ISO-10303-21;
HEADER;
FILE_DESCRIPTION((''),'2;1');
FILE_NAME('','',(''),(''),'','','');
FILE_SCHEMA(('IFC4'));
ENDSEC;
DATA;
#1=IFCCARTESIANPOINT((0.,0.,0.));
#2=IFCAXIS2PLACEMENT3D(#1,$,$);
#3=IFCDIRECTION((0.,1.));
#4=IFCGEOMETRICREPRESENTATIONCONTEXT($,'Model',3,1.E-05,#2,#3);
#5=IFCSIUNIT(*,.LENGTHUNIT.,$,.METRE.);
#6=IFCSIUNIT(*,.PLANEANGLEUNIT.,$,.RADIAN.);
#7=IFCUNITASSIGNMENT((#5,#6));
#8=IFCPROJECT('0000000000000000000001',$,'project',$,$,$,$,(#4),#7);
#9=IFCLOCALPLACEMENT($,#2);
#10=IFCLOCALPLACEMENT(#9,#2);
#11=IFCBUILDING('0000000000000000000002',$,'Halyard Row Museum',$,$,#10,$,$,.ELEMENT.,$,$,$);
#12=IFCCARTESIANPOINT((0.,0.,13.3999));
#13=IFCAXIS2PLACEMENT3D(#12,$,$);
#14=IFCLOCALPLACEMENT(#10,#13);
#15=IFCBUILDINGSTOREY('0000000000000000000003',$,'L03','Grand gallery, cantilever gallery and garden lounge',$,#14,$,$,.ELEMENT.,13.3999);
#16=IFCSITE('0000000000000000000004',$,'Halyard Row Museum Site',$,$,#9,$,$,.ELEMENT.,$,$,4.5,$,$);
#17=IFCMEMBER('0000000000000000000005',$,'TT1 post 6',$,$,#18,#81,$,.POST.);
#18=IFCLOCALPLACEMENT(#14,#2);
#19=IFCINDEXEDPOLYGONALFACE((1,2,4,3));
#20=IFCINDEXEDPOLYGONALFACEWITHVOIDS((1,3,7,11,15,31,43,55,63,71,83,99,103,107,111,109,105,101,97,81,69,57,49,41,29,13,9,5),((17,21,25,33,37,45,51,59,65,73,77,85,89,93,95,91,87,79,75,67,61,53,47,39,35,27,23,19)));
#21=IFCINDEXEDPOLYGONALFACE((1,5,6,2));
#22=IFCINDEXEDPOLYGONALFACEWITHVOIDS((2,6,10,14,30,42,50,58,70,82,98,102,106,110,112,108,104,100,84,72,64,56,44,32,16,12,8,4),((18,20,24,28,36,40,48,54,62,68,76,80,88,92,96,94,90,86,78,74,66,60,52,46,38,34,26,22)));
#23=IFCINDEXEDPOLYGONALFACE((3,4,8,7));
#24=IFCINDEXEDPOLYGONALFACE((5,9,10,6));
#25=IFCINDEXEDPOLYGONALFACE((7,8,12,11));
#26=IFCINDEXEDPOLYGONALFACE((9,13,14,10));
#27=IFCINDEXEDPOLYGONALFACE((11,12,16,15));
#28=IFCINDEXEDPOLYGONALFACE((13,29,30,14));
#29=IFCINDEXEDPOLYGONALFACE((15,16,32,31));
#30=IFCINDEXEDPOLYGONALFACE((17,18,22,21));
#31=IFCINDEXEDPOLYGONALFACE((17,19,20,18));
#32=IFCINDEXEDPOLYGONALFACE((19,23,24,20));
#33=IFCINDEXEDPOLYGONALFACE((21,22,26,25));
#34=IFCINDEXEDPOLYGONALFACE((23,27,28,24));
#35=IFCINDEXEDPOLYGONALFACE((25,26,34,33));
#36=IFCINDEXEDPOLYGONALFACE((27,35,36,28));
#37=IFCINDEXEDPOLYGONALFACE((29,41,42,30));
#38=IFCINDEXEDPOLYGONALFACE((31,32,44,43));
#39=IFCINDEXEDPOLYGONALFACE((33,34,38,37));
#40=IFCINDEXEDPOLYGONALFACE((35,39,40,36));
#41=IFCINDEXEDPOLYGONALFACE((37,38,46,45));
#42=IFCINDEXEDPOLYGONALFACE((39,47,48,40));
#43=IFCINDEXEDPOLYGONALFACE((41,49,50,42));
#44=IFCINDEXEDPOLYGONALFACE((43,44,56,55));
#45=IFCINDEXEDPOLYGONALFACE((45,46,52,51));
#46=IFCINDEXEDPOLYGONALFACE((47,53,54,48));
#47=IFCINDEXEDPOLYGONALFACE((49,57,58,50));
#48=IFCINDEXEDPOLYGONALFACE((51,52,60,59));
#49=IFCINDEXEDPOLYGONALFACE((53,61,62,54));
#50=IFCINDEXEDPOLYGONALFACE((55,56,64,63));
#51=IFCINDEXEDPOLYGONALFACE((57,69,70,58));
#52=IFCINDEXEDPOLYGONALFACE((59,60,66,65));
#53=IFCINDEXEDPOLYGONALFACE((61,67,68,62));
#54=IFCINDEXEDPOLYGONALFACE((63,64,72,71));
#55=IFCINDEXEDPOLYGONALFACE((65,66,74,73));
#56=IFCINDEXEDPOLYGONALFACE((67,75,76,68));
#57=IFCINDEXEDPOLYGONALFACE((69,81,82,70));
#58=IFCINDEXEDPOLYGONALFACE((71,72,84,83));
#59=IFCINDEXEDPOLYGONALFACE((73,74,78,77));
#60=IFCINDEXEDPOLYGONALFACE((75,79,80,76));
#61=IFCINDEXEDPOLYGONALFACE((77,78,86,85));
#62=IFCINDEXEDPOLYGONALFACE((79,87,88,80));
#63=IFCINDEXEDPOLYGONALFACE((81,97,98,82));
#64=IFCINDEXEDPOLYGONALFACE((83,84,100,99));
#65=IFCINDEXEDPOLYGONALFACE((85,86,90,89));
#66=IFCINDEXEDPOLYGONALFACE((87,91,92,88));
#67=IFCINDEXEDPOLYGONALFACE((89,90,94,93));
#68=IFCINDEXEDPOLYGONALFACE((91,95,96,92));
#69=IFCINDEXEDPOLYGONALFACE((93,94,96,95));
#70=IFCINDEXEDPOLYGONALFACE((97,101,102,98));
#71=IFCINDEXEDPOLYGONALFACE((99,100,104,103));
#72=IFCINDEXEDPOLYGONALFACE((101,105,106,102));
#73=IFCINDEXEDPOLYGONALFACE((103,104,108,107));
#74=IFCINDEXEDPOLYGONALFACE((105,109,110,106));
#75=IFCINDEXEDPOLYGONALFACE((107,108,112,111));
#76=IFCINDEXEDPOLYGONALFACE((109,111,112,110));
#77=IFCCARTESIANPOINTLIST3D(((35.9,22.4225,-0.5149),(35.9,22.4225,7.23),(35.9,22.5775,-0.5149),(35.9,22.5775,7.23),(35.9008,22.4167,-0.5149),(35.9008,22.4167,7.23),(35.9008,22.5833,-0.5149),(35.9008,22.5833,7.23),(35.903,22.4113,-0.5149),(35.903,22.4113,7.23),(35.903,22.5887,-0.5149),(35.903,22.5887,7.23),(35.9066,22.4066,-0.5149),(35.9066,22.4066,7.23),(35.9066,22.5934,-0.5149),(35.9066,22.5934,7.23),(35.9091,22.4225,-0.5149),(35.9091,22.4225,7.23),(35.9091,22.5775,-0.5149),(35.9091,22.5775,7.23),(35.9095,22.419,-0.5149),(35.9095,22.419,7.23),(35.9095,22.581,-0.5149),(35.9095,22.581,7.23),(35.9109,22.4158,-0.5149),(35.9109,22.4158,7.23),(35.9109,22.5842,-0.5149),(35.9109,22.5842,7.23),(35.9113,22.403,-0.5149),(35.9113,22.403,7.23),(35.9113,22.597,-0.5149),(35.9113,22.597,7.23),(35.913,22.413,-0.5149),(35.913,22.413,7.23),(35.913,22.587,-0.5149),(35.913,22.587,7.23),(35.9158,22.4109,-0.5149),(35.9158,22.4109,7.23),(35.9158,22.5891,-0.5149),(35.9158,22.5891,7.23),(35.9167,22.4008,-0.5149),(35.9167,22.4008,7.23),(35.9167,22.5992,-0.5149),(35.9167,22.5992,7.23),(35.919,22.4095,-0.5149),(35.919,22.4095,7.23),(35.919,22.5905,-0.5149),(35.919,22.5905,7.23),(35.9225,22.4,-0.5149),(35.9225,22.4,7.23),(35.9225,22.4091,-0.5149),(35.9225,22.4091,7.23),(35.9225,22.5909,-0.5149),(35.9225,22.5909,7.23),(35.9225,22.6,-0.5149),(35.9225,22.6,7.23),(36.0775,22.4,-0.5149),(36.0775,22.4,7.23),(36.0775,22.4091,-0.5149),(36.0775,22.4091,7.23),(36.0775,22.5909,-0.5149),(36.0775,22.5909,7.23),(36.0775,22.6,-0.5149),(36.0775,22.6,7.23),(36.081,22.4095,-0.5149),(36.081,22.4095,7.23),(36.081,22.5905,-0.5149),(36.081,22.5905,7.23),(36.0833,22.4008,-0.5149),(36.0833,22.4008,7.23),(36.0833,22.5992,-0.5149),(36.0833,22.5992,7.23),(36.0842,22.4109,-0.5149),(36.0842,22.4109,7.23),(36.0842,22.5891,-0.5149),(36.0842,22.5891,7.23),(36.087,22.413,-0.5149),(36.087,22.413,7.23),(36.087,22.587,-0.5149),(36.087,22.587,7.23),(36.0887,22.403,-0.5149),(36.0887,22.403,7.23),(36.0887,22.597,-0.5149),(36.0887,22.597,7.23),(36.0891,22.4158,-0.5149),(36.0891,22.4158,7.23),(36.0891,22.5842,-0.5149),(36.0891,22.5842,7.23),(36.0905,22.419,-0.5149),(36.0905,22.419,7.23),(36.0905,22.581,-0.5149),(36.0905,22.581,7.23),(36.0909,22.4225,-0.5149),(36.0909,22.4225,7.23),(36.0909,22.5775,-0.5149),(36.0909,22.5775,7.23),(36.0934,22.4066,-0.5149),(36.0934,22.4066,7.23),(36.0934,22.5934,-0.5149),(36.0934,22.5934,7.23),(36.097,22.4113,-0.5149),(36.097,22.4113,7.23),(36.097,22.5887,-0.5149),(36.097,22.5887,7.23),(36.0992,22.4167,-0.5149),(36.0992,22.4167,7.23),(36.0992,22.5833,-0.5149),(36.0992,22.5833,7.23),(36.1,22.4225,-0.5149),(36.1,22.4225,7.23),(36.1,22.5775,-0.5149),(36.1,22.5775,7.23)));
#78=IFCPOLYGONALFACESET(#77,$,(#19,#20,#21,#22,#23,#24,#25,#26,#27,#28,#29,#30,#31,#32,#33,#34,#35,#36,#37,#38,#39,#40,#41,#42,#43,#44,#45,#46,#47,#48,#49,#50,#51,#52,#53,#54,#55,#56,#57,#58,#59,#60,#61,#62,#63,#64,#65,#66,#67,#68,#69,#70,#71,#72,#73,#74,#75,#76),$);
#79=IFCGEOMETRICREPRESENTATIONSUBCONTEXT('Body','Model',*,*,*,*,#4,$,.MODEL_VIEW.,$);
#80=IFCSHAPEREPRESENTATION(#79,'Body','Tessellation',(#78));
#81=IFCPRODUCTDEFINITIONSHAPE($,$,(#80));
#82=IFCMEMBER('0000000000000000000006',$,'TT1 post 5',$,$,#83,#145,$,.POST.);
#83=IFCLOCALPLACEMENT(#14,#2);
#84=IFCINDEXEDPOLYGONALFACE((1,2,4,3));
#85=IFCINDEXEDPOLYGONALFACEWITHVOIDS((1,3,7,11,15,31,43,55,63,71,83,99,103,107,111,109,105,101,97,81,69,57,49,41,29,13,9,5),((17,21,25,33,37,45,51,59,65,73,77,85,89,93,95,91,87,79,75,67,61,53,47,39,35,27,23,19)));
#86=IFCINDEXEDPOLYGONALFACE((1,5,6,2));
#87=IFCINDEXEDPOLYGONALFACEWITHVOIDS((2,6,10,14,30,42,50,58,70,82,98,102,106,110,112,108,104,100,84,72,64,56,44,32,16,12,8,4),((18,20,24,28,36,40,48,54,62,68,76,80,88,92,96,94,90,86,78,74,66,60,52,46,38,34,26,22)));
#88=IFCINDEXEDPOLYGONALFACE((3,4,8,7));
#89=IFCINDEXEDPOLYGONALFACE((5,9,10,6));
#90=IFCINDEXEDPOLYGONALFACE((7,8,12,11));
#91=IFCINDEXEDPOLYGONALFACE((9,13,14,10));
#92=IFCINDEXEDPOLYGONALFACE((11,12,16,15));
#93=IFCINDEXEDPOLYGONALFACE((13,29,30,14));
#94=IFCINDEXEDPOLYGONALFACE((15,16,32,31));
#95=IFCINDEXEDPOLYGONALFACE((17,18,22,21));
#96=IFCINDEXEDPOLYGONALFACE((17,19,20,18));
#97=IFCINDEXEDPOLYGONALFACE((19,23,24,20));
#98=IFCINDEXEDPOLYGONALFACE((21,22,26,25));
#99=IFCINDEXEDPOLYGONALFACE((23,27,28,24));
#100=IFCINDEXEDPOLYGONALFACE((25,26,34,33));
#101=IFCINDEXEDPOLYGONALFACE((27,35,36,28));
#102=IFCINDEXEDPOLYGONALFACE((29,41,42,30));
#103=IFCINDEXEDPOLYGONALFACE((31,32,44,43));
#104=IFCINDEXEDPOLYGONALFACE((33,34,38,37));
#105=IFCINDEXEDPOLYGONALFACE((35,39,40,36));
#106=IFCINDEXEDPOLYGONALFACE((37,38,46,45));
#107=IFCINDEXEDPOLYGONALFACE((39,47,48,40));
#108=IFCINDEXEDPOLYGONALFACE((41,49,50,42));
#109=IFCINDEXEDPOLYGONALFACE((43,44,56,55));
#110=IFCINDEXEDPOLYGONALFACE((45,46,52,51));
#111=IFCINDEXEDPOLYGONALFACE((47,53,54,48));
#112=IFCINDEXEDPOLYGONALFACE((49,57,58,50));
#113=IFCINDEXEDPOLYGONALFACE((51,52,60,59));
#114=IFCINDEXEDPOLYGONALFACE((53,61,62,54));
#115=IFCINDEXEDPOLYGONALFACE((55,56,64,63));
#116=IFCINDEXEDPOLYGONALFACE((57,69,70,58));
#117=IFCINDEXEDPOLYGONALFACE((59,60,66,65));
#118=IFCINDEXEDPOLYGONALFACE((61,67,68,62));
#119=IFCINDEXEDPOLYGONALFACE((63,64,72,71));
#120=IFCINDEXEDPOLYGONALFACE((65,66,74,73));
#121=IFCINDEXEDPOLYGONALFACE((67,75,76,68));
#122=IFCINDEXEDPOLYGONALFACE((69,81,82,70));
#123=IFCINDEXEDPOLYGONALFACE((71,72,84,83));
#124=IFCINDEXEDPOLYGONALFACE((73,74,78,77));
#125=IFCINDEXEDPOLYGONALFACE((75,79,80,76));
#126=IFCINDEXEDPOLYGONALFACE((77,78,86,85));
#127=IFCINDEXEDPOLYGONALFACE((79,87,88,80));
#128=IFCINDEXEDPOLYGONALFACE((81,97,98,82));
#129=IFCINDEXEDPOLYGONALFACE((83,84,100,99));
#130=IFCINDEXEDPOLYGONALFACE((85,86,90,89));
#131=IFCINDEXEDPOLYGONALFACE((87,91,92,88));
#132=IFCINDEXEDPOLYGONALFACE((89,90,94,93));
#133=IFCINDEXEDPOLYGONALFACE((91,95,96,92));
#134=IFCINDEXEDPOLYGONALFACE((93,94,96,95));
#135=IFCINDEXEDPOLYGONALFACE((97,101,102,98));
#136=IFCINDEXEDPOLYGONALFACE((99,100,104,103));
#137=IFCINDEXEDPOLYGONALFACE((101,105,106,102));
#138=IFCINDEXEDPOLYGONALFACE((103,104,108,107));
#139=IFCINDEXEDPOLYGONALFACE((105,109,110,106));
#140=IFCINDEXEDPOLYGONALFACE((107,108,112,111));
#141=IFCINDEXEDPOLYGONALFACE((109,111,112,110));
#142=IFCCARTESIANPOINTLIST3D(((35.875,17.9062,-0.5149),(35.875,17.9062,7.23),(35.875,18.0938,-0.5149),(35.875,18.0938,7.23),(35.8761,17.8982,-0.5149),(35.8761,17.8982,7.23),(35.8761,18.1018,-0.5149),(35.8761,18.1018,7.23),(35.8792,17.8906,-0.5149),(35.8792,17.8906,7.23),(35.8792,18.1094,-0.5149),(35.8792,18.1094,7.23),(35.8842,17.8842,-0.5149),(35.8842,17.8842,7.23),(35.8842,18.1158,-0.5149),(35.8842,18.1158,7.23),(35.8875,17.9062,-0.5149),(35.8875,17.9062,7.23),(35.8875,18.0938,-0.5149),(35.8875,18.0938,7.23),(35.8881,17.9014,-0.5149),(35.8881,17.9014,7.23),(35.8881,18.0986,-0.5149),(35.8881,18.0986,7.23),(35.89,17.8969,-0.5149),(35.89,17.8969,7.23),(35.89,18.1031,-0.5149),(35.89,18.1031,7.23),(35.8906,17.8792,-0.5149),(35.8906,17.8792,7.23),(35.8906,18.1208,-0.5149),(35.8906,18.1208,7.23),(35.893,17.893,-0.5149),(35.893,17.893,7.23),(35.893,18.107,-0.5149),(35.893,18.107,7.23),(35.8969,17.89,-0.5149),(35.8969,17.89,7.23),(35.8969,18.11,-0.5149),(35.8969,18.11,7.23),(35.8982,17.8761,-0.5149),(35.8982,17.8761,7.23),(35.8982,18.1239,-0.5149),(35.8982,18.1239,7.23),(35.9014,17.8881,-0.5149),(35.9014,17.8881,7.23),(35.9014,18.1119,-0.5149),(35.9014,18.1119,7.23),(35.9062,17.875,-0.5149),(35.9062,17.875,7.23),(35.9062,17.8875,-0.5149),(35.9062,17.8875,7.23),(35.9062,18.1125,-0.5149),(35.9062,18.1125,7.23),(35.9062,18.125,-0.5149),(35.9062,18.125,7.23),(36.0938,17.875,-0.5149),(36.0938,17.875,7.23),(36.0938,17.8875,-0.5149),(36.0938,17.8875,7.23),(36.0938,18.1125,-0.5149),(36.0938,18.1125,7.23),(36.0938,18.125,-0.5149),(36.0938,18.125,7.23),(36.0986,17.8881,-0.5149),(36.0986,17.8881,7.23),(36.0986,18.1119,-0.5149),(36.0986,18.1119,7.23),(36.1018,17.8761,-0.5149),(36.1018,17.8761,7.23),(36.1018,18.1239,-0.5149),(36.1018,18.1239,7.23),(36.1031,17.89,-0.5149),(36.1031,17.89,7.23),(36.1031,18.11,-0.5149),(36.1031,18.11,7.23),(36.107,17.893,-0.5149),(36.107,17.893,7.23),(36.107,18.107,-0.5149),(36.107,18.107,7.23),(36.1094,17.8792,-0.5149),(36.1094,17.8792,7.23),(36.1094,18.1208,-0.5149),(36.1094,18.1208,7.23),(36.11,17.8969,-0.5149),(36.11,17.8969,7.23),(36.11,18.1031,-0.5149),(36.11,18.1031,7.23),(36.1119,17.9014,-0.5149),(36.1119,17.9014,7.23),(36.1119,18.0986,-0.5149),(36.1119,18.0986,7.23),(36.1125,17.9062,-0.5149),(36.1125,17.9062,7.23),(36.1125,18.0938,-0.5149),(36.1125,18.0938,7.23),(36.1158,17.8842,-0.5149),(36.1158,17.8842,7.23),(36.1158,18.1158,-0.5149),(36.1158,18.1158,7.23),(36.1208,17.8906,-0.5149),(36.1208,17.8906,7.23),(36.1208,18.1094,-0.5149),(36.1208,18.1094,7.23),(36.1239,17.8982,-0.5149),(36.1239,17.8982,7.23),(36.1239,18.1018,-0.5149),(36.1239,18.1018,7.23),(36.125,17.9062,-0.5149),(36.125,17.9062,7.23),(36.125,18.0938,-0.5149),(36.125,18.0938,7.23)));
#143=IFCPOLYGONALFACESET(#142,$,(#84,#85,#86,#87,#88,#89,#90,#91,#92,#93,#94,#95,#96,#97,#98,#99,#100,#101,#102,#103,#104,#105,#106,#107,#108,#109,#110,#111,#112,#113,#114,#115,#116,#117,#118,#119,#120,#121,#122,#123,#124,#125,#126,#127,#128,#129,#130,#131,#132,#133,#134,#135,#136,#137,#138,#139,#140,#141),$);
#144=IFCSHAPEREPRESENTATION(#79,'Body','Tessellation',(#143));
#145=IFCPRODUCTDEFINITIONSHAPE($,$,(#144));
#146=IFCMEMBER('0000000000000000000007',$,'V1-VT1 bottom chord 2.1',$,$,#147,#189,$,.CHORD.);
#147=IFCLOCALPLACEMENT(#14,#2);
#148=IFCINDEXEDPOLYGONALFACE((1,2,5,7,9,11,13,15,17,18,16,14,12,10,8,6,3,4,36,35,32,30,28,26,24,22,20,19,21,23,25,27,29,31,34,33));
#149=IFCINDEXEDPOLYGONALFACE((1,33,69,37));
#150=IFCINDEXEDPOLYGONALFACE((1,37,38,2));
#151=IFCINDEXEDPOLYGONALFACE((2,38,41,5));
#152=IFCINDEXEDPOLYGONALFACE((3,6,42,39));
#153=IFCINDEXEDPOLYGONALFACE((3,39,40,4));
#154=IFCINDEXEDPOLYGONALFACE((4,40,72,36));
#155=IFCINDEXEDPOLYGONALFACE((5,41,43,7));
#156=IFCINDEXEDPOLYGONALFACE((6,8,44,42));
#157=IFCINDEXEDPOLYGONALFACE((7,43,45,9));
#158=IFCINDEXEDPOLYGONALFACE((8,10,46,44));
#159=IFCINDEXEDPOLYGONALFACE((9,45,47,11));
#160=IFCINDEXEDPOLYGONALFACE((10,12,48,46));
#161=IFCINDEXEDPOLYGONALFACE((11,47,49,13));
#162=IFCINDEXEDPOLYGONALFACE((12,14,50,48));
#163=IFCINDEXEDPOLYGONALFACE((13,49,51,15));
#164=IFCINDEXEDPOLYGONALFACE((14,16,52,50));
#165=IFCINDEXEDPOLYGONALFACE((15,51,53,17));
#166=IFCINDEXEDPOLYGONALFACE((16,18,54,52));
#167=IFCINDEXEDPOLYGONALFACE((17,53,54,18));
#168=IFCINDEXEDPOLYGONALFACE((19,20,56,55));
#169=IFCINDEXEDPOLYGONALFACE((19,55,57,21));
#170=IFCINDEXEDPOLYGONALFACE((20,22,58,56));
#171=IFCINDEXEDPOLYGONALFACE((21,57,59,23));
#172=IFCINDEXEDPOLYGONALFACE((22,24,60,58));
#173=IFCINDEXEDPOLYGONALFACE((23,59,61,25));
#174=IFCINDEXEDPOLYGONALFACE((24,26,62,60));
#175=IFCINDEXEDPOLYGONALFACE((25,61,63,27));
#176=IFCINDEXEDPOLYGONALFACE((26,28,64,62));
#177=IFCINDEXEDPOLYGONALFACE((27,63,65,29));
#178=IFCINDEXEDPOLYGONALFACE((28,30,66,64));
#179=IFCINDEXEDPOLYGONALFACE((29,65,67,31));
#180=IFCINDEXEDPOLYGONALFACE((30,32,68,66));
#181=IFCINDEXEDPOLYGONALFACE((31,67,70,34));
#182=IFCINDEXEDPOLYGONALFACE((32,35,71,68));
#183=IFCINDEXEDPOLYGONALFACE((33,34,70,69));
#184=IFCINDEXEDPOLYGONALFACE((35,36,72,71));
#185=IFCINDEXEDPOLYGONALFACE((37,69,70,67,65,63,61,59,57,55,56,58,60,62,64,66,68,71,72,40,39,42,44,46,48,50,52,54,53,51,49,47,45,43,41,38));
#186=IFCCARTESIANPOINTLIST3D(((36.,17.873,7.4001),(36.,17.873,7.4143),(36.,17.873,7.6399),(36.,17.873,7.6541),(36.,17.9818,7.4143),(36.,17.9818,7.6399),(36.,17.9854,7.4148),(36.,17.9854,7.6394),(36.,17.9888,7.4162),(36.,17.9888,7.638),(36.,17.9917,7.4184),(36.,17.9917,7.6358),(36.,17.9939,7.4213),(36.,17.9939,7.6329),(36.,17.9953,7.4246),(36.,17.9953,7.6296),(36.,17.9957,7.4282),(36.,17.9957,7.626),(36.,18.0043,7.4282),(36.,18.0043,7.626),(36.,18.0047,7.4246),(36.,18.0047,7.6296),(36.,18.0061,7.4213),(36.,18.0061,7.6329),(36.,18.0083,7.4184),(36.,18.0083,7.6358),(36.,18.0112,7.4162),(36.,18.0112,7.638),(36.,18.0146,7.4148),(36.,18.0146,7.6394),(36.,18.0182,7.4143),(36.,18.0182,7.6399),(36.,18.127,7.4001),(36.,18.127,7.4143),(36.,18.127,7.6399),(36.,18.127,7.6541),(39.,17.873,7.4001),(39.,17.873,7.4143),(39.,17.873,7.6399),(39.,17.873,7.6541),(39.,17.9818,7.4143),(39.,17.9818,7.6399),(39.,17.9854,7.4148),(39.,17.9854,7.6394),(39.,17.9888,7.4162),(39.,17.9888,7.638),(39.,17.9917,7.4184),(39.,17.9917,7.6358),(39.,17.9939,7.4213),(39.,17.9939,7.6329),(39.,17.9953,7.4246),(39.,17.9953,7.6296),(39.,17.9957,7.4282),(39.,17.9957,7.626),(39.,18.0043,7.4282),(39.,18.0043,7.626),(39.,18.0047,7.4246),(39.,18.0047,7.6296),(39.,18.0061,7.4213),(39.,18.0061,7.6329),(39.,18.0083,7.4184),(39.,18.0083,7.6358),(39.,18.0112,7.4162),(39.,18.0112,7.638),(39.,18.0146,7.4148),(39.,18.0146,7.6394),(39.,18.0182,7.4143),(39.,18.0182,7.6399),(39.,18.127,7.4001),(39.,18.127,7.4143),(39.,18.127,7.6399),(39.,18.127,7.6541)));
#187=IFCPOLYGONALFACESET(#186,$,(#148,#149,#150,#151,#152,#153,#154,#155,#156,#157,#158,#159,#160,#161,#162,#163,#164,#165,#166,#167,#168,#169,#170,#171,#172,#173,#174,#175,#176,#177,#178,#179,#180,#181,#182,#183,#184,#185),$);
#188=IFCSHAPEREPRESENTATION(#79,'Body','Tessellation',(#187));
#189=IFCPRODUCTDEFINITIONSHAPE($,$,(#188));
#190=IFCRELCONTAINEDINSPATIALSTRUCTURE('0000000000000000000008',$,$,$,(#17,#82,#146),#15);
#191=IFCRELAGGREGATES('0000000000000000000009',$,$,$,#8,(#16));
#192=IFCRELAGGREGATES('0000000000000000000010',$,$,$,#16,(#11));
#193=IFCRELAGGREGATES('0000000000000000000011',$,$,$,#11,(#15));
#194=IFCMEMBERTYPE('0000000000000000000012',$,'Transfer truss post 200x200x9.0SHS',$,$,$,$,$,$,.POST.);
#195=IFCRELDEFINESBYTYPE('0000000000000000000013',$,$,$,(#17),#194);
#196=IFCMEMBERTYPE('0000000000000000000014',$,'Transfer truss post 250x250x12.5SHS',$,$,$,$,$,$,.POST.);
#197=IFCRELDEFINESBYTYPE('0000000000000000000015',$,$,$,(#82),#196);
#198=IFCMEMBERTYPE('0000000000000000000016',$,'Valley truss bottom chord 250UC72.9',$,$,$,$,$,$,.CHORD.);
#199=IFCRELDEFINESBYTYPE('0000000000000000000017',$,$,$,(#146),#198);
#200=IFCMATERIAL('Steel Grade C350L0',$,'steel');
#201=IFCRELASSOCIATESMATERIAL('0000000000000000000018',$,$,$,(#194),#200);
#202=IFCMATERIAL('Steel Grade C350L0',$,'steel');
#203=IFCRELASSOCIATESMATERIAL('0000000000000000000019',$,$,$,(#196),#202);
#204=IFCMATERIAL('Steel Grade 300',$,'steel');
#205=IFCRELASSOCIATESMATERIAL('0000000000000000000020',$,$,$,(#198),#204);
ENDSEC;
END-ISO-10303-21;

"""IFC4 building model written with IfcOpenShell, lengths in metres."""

from ifc_helpers import new_model, si_unit, direction, frame, origin, origin_2d, place, context, subcontext, project, spatial, hollow_rectangle, i_section, extrude, material, material_profile, profile_set, type_object, element, save


model = new_model("IFC4")

# Units and contexts
model_context = context("Model", 3, precision=1e-05, world=origin(), true_north=direction((0.0, 1.0)))
body_context = subcontext(model_context, "Body", "Model", "MODEL_VIEW")
ifc_project = project(units=[si_unit("LENGTHUNIT", "METRE"), si_unit("PLANEANGLEUNIT", "RADIAN")], contexts=[model_context])

# Site, building, storey
site_placement = place(None, origin())
site = spatial("IfcSite", under=ifc_project, at=site_placement, Name="Halyard Row Museum Site", CompositionType="ELEMENT", RefElevation=4.5)
building_placement = place(site_placement, origin())
building = spatial("IfcBuilding", under=site, at=building_placement, Name="Halyard Row Museum", CompositionType="ELEMENT")
storey_placement = place(building_placement, frame((0.0, 0.0, 13.3999)))
storey = spatial("IfcBuildingStorey", under=building, at=storey_placement, Name="L03", Description="Grand gallery, cantilever gallery and garden lounge", CompositionType="ELEMENT", Elevation=13.3999)

# Members
ifc_material_1 = material(Name="Steel Grade C350L0", Category="steel")
ifc_material_profile_1 = material_profile(ifc_material_1, hollow_rectangle(XDim=0.2, YDim=0.2, WallThickness=0.009, InnerFilletRadius=0.0134, OuterFilletRadius=0.0225, at=origin_2d()), Name="200x200x9.0SHS")
ifc_profile_set_1 = profile_set([ifc_material_profile_1], Name="Steel Grade C350L0")
member_type_1 = type_object("IfcMemberType", Name="Transfer truss post 200x200x9.0SHS", PredefinedType="POST", material=ifc_profile_set_1)
for number, where, z_axis, x_axis, name in (
    (1, (36.0, 22.5, -0.5149), (0.0, 0.0, 1.0), (1.0, 0.0, 0.0), "TT1 post 6"),
):
    element("IfcMember", number, at=place(storey_placement, frame(where, z_axis=z_axis, x_axis=x_axis)), inside=storey, type_object=member_type_1, Name=name, PredefinedType="POST", context=body_context, shape_type="SweptSolid", body=[
        extrude(hollow_rectangle(XDim=0.2, YDim=0.2, WallThickness=0.009, InnerFilletRadius=0.0134, OuterFilletRadius=0.0225, at=origin_2d()), origin(), (0.0, 0.0, 1.0), 7.7449),
    ])
ifc_material_2 = material(Name="Steel Grade C350L0", Category="steel")
ifc_material_profile_2 = material_profile(ifc_material_2, hollow_rectangle(XDim=0.25, YDim=0.25, WallThickness=0.0125, InnerFilletRadius=0.0188, OuterFilletRadius=0.0312, at=origin_2d()), Name="250x250x12.5SHS")
ifc_profile_set_2 = profile_set([ifc_material_profile_2], Name="Steel Grade C350L0")
member_type_2 = type_object("IfcMemberType", Name="Transfer truss post 250x250x12.5SHS", PredefinedType="POST", material=ifc_profile_set_2)
member_1_placement = place(storey_placement, frame((36.0, 18.0, -0.5149), z_axis=(0.0, 0.0, 1.0), x_axis=(1.0, 0.0, 0.0)))
element("IfcMember", 2, at=member_1_placement, inside=storey, type_object=member_type_2, Name="TT1 post 5", PredefinedType="POST", context=body_context, shape_type="SweptSolid", body=[
    extrude(hollow_rectangle(XDim=0.25, YDim=0.25, WallThickness=0.0125, InnerFilletRadius=0.0188, OuterFilletRadius=0.0312, at=origin_2d()), origin(), (0.0, 0.0, 1.0), 7.7449),
])
ifc_material_3 = material(Name="Steel Grade 300", Category="steel")
ifc_material_profile_3 = material_profile(ifc_material_3, i_section(OverallWidth=0.2539, OverallDepth=0.2539, WebThickness=0.0085, FlangeThickness=0.0142, FilletRadius=0.0139, at=origin_2d()), Name="250UC72.9")
ifc_profile_set_3 = profile_set([ifc_material_profile_3], Name="Steel Grade 300")
member_type_3 = type_object("IfcMemberType", Name="Valley truss bottom chord 250UC72.9", PredefinedType="CHORD", material=ifc_profile_set_3)
member_2_placement = place(storey_placement, frame((36.0, 18.0, 7.5271), z_axis=(1.0, 0.0, 0.0), x_axis=(0.0, 1.0, 0.0)))
element("IfcMember", 3, at=member_2_placement, inside=storey, type_object=member_type_3, Name="V1-VT1 bottom chord 2.1", PredefinedType="CHORD", context=body_context, shape_type="SweptSolid", body=[
    extrude(i_section(OverallWidth=0.2539, OverallDepth=0.2539, WebThickness=0.0085, FlangeThickness=0.0142, FilletRadius=0.0139, at=origin_2d()), origin(), (0.0, 0.0, 1.0), 3.0),
])

save(model, "model.ifc")
